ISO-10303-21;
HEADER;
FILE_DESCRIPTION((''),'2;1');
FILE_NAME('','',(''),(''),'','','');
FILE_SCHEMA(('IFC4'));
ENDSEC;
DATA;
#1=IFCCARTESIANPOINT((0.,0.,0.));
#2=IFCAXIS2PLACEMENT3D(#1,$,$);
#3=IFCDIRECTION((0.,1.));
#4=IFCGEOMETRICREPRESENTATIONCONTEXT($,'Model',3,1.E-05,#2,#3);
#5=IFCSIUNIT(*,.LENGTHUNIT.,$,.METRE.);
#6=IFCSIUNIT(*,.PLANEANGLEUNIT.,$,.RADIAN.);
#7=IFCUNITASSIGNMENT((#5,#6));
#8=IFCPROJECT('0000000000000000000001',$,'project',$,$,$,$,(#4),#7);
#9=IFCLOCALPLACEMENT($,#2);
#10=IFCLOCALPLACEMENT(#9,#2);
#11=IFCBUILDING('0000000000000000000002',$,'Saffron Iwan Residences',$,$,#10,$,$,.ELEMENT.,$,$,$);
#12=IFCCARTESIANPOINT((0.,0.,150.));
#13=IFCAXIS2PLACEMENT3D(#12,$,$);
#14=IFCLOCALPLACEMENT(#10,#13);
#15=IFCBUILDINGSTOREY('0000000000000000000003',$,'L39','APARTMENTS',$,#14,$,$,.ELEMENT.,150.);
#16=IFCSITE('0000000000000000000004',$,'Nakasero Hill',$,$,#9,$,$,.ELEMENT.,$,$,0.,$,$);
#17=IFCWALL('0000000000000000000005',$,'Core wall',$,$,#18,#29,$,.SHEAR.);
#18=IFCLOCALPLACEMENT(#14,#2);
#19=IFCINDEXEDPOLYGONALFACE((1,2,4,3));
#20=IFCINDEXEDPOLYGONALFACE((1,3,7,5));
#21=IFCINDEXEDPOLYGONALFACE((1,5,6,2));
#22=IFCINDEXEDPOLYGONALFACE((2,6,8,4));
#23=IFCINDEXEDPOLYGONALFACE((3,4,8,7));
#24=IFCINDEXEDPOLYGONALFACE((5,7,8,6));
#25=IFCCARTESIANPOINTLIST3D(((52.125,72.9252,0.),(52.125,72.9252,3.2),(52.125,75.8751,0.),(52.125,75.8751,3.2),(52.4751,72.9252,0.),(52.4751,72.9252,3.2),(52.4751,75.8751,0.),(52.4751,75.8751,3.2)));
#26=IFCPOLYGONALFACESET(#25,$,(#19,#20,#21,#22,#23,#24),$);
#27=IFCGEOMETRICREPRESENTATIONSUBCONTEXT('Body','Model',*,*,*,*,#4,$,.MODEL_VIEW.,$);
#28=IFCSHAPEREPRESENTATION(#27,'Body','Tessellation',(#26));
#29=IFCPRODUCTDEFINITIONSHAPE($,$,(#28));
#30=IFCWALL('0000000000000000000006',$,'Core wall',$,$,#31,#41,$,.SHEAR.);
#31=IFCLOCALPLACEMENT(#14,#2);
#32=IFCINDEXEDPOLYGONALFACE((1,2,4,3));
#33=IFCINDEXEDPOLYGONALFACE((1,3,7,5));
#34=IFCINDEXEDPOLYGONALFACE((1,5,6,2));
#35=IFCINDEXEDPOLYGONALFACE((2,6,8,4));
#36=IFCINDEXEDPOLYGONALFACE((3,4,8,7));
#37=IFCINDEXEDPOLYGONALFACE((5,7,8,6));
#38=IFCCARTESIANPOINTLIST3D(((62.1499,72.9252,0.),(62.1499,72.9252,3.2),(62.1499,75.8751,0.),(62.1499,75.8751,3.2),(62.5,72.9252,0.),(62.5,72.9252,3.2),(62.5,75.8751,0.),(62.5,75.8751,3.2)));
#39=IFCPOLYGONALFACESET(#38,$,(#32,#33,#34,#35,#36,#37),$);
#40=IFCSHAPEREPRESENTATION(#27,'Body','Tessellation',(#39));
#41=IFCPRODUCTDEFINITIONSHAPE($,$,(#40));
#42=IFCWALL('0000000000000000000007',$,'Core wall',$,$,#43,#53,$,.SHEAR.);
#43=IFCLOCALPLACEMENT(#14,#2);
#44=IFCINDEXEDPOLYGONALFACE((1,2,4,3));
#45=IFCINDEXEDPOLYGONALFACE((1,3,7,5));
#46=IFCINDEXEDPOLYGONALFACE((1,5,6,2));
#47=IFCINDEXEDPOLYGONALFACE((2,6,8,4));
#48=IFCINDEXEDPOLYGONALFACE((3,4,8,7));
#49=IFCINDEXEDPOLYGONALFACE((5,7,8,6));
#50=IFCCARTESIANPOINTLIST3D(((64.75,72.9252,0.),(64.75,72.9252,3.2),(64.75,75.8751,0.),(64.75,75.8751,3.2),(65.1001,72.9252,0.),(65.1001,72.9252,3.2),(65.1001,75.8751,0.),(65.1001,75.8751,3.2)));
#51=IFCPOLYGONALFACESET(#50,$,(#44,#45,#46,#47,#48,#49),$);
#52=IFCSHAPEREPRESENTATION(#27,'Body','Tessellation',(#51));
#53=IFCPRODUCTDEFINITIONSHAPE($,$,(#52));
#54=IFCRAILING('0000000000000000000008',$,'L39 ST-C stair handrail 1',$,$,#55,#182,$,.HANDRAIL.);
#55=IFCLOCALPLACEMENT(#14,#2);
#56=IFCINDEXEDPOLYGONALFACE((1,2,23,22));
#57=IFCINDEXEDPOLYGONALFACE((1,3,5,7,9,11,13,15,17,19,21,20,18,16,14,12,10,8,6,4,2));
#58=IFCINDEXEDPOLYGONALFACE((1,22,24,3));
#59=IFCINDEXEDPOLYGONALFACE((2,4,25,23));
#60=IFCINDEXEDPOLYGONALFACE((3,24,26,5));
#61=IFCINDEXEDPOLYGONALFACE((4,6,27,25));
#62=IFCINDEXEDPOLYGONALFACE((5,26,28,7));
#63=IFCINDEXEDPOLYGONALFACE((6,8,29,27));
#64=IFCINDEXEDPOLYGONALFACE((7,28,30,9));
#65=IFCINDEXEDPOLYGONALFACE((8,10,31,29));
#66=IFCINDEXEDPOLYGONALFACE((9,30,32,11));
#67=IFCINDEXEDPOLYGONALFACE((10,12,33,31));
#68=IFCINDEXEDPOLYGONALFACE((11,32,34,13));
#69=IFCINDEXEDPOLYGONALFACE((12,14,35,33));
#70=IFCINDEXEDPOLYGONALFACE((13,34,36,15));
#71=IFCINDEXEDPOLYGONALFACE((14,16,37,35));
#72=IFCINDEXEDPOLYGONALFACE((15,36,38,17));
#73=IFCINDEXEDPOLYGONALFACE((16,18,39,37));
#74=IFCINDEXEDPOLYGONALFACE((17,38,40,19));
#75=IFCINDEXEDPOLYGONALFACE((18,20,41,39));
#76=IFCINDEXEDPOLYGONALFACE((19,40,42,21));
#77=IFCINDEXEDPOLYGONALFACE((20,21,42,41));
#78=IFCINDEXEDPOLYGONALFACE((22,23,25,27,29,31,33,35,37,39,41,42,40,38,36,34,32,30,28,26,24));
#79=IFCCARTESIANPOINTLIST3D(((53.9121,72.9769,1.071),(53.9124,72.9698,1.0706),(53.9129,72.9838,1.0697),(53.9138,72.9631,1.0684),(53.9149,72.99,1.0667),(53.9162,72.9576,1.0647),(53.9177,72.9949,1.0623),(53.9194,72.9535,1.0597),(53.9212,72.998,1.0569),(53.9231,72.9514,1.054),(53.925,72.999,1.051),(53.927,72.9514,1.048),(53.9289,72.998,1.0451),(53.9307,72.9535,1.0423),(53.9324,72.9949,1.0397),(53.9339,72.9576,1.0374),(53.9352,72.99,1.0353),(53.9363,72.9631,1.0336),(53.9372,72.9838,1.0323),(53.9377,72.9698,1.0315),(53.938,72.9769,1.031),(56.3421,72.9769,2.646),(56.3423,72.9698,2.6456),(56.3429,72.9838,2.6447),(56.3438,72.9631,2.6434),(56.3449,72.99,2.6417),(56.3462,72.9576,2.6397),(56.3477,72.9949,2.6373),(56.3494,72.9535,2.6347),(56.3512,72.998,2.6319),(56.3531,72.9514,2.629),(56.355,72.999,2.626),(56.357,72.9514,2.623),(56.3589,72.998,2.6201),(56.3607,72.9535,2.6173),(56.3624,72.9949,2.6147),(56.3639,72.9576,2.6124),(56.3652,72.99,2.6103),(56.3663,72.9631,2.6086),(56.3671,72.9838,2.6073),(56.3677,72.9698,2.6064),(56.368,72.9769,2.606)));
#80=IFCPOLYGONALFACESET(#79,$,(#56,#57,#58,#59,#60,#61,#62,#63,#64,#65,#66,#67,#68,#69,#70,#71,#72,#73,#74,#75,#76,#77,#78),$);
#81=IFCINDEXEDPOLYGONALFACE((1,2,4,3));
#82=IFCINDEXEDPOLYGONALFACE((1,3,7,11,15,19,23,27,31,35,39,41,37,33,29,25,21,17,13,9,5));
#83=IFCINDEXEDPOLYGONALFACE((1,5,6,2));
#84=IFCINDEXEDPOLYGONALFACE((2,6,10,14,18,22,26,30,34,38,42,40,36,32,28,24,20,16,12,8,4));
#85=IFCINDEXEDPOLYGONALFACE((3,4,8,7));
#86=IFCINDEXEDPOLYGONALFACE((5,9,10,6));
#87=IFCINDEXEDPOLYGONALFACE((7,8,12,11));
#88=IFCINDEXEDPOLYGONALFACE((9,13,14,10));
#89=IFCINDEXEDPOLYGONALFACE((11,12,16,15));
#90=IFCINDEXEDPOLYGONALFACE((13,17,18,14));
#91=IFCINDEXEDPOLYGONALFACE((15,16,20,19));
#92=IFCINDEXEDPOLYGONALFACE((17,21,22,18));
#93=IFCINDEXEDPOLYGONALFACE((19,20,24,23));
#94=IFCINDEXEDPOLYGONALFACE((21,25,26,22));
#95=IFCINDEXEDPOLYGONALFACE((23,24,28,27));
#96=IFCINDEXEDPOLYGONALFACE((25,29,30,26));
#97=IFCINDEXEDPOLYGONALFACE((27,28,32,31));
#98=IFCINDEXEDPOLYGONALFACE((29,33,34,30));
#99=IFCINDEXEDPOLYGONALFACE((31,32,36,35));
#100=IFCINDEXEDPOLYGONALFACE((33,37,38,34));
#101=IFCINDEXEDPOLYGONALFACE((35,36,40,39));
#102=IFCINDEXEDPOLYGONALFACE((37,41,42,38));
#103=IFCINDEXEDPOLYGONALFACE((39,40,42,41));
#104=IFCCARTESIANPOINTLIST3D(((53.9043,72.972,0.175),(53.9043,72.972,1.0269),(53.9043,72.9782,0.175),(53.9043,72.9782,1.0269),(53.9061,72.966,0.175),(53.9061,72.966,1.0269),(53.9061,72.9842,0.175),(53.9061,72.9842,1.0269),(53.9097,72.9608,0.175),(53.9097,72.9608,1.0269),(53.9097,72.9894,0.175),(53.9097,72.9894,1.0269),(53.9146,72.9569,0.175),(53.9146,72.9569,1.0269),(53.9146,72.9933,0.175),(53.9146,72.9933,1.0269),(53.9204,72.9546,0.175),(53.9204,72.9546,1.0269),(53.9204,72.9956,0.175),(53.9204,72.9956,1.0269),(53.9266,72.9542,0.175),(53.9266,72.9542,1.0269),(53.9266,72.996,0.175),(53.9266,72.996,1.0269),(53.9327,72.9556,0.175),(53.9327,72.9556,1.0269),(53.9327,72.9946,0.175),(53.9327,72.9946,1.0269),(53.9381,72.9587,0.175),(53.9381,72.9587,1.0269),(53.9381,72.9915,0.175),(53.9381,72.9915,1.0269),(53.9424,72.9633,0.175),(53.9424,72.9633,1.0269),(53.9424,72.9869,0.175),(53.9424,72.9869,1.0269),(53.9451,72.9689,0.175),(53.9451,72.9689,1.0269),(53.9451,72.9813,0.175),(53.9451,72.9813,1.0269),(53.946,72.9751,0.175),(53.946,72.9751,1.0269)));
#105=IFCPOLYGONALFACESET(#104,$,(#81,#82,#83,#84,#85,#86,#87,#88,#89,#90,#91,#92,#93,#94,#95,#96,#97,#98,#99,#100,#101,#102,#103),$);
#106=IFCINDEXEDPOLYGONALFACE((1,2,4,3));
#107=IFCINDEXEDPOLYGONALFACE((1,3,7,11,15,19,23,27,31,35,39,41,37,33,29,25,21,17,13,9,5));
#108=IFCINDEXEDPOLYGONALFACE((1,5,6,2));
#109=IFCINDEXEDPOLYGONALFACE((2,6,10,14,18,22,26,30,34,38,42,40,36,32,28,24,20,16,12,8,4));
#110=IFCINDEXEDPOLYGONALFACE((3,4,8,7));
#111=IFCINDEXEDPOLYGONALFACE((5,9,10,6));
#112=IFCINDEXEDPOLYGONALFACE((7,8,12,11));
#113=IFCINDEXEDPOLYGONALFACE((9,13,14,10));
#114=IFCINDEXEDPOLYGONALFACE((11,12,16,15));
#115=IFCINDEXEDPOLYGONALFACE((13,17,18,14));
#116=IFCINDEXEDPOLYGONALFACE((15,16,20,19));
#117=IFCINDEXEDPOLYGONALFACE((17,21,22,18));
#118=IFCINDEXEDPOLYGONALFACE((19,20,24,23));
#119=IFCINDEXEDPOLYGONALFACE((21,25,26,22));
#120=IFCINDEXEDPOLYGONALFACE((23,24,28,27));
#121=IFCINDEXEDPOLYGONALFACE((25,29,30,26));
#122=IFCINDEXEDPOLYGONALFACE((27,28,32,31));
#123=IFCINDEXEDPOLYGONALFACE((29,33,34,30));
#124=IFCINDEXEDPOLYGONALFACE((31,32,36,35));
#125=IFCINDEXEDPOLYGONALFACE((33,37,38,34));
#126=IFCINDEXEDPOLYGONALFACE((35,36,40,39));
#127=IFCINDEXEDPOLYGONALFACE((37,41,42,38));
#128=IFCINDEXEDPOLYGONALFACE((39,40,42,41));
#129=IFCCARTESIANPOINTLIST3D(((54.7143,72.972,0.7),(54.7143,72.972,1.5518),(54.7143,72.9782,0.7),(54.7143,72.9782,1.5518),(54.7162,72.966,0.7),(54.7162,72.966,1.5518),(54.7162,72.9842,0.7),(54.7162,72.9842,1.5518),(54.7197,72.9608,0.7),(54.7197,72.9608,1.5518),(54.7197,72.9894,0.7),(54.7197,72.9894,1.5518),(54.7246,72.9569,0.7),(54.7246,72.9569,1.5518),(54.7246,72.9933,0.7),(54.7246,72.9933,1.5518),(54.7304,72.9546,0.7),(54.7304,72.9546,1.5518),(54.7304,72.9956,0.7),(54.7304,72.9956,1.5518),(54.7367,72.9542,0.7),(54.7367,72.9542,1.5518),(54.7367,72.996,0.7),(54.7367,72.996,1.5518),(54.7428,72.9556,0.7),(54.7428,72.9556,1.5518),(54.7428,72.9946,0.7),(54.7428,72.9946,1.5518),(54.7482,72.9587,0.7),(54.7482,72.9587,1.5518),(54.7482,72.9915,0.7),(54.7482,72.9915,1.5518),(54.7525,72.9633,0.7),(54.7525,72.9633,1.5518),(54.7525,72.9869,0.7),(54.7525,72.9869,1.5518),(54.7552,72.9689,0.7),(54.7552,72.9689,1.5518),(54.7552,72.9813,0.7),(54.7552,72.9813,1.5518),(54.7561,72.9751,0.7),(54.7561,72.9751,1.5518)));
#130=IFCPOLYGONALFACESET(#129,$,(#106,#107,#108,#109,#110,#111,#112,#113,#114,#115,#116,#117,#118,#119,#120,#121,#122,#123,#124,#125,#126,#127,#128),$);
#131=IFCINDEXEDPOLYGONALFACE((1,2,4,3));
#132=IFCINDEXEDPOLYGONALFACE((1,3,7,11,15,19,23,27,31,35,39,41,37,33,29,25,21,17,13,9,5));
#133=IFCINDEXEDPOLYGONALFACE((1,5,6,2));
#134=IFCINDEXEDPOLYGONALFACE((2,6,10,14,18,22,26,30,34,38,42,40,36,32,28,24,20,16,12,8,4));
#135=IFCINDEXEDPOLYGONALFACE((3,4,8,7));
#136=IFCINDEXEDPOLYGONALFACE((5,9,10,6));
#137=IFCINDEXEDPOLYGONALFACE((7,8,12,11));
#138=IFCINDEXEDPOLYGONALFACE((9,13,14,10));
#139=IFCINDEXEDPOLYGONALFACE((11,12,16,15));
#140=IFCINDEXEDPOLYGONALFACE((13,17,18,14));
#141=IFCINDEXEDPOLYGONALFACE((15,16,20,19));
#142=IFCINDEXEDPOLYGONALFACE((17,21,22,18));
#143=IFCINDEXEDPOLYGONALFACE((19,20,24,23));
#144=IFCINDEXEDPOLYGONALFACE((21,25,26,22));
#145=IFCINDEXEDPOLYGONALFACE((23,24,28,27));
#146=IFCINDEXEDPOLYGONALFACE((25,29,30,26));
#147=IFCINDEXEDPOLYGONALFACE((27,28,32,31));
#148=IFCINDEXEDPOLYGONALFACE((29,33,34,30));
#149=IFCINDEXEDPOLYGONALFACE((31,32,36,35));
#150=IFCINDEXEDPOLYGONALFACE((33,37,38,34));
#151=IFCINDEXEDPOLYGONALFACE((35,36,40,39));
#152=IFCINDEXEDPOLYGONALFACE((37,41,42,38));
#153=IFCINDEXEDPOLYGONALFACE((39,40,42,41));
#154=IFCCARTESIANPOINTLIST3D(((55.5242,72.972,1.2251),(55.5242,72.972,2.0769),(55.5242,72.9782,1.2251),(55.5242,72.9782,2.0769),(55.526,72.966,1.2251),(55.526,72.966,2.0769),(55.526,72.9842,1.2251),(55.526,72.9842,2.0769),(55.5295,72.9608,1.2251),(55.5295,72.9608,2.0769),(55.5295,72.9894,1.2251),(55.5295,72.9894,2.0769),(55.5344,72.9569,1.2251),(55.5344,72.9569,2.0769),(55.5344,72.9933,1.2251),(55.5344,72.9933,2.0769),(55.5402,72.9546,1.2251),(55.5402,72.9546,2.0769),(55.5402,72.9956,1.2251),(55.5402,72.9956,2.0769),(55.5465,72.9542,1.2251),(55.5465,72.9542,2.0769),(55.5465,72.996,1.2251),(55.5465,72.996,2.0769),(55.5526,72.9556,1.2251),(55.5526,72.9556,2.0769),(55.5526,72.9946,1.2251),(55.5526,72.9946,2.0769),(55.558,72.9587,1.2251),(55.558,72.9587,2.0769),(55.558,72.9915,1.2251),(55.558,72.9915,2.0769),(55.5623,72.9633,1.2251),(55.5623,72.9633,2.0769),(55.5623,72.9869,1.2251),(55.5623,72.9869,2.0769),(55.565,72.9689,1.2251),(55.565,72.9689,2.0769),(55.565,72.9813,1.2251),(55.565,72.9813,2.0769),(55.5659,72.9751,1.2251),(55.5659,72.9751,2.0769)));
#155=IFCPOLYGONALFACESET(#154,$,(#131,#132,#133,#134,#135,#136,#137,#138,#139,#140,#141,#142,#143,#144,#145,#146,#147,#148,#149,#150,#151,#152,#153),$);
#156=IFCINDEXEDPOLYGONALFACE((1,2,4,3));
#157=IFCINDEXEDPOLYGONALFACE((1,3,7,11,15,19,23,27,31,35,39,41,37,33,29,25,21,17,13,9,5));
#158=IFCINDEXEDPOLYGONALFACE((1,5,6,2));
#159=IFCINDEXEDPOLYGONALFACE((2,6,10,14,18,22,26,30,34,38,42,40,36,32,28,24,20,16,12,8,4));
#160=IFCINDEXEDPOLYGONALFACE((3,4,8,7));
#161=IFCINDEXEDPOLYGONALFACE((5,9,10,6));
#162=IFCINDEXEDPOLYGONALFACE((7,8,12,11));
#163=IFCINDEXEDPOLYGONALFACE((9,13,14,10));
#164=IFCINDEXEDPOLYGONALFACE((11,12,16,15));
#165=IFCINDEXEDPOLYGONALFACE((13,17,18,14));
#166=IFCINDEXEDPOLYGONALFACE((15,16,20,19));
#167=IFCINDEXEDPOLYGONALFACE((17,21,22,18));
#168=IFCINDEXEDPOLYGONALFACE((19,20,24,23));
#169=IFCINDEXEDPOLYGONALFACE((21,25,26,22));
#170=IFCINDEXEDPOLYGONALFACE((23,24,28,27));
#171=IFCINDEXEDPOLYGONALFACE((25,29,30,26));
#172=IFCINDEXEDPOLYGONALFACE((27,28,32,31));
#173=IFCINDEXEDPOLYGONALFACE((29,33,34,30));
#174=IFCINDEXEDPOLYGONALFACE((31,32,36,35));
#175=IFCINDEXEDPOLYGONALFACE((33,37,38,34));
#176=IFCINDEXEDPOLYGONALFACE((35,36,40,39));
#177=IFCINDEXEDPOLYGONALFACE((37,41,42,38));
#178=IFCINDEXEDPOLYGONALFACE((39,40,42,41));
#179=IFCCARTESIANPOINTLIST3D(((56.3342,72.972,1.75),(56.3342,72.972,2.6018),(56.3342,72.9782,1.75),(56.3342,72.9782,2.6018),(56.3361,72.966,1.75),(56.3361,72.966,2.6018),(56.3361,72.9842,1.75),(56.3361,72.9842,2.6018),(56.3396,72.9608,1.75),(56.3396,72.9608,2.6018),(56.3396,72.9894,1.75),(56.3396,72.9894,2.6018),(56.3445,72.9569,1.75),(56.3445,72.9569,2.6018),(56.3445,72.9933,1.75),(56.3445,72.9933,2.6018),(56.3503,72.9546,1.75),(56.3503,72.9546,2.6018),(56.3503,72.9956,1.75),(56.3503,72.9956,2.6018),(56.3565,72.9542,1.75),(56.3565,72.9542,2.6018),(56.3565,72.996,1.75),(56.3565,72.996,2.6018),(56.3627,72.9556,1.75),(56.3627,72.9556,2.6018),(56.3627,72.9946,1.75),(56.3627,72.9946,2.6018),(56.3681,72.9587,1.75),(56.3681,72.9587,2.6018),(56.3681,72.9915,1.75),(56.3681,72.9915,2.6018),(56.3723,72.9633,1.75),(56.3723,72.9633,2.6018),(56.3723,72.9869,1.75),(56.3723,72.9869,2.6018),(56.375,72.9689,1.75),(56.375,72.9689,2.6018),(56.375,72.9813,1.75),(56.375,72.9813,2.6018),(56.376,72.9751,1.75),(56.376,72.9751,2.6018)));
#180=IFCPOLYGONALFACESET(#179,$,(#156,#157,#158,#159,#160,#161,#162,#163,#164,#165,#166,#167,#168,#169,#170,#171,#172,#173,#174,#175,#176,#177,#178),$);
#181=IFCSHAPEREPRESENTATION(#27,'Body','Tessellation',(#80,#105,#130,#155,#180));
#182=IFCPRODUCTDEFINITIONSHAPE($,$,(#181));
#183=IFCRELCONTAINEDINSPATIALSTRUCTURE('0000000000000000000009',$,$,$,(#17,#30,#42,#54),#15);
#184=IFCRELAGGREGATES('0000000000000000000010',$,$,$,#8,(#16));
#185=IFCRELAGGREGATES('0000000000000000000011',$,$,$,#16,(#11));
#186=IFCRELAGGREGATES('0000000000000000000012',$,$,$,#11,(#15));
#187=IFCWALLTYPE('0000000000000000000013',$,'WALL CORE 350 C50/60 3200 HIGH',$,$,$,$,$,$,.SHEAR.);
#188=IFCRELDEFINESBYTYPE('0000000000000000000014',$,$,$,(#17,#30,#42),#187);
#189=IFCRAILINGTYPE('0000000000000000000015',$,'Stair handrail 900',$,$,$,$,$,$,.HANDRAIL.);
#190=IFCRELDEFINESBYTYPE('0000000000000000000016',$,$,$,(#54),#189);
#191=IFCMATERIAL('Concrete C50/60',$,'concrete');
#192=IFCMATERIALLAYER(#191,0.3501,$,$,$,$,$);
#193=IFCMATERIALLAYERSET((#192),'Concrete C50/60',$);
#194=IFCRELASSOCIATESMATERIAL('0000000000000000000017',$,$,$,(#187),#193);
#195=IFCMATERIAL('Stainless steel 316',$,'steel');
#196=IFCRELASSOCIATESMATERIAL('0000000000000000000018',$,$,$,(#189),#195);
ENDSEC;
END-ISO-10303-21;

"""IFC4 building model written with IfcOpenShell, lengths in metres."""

from ifc_helpers import new_model, si_unit, direction, frame, frame_2d, origin, origin_2d, place, context, subcontext, project, spatial, rectangle, circle, extrude, material, layer, layer_set, type_object, element, save


model = new_model("IFC4")

# Units and contexts
model_context = context("Model", 3, precision=1e-05, world=origin(), true_north=direction((0.0, 1.0)))
body_context = subcontext(model_context, "Body", "Model", "MODEL_VIEW")
ifc_project = project(units=[si_unit("LENGTHUNIT", "METRE"), si_unit("PLANEANGLEUNIT", "RADIAN")], contexts=[model_context])

# Site, building, storey
site_placement = place(None, origin())
site = spatial("IfcSite", under=ifc_project, at=site_placement, Name="Nakasero Hill", CompositionType="ELEMENT", RefElevation=0.0)
building_placement = place(site_placement, origin())
building = spatial("IfcBuilding", under=site, at=building_placement, Name="Saffron Iwan Residences", CompositionType="ELEMENT")
storey_placement = place(building_placement, frame((0.0, 0.0, 150.0)))
storey = spatial("IfcBuildingStorey", under=building, at=storey_placement, Name="L39", Description="APARTMENTS", CompositionType="ELEMENT", Elevation=150.0)

# Shared definitions
ifc_material_1 = material(Name="Concrete C50/60", Category="concrete")

# Shared definitions
ifc_layer_1 = layer(ifc_material_1, 0.3501)
ifc_layer_set_1 = layer_set([ifc_layer_1], Name="Concrete C50/60")
wall_type_1 = type_object("IfcWallType", Name="WALL CORE 350 C50/60 3200 HIGH", PredefinedType="SHEAR", material=ifc_layer_set_1)

# Walls
for number, where, z_axis, x_axis, name in (
    (1, (52.3, 72.925, 0.0), (0.0, 0.0, 1.0), (0.0, 1.0, 0.0), "Core wall"),
    (2, (62.325, 72.925, 0.0), (0.0, 0.0, 1.0), (0.0, 1.0, 0.0), "Core wall"),
    (3, (64.925, 72.925, 0.0), (0.0, 0.0, 1.0), (0.0, 1.0, 0.0), "Core wall"),
):
    element("IfcWall", number, at=place(storey_placement, frame(where, z_axis=z_axis, x_axis=x_axis)), inside=storey, type_object=wall_type_1, Name=name, PredefinedType="SHEAR", context=body_context, shape_type="SweptSolid", body=[
        extrude(rectangle(XDim=2.95, YDim=0.3501, at=frame_2d((1.4751, 0.0))), origin(), (0.0, 0.0, 1.0), 3.2),
    ])

# Railing
ifc_material_2 = material(Name="Stainless steel 316", Category="steel")
railing_type = type_object("IfcRailingType", Name="Stair handrail 900", PredefinedType="HANDRAIL", material=ifc_material_2)
railing_placement = place(storey_placement, frame((53.925, 72.9751, 0.175)))
element("IfcRailing", 4, at=railing_placement, inside=storey, type_object=railing_type, Name="L39 ST-C stair handrail 1", PredefinedType="HANDRAIL", context=body_context, shape_type="SweptSolid", body=[
    extrude(circle(Radius=0.0239, at=origin_2d()), frame((0.0, 0.0, 0.876), z_axis=(0.839154, 0.0, 0.543894), x_axis=(0.0, 1.0, 0.0)), (0.0, 0.0, 1.0), 2.8958),
    extrude(circle(Radius=0.021, at=origin_2d()), origin(), (0.0, 0.0, 1.0), 0.8518),
    extrude(circle(Radius=0.021, at=origin_2d()), frame((0.8101, 0.0, 0.5249)), (0.0, 0.0, 1.0), 0.8518),
    extrude(circle(Radius=0.021, at=origin_2d()), frame((1.6199, 0.0, 1.05)), (0.0, 0.0, 1.0), 0.8518),
    extrude(circle(Radius=0.021, at=origin_2d()), frame((2.4299, 0.0, 1.575)), (0.0, 0.0, 1.0), 0.8518),
])

save(model, "model.ifc")
